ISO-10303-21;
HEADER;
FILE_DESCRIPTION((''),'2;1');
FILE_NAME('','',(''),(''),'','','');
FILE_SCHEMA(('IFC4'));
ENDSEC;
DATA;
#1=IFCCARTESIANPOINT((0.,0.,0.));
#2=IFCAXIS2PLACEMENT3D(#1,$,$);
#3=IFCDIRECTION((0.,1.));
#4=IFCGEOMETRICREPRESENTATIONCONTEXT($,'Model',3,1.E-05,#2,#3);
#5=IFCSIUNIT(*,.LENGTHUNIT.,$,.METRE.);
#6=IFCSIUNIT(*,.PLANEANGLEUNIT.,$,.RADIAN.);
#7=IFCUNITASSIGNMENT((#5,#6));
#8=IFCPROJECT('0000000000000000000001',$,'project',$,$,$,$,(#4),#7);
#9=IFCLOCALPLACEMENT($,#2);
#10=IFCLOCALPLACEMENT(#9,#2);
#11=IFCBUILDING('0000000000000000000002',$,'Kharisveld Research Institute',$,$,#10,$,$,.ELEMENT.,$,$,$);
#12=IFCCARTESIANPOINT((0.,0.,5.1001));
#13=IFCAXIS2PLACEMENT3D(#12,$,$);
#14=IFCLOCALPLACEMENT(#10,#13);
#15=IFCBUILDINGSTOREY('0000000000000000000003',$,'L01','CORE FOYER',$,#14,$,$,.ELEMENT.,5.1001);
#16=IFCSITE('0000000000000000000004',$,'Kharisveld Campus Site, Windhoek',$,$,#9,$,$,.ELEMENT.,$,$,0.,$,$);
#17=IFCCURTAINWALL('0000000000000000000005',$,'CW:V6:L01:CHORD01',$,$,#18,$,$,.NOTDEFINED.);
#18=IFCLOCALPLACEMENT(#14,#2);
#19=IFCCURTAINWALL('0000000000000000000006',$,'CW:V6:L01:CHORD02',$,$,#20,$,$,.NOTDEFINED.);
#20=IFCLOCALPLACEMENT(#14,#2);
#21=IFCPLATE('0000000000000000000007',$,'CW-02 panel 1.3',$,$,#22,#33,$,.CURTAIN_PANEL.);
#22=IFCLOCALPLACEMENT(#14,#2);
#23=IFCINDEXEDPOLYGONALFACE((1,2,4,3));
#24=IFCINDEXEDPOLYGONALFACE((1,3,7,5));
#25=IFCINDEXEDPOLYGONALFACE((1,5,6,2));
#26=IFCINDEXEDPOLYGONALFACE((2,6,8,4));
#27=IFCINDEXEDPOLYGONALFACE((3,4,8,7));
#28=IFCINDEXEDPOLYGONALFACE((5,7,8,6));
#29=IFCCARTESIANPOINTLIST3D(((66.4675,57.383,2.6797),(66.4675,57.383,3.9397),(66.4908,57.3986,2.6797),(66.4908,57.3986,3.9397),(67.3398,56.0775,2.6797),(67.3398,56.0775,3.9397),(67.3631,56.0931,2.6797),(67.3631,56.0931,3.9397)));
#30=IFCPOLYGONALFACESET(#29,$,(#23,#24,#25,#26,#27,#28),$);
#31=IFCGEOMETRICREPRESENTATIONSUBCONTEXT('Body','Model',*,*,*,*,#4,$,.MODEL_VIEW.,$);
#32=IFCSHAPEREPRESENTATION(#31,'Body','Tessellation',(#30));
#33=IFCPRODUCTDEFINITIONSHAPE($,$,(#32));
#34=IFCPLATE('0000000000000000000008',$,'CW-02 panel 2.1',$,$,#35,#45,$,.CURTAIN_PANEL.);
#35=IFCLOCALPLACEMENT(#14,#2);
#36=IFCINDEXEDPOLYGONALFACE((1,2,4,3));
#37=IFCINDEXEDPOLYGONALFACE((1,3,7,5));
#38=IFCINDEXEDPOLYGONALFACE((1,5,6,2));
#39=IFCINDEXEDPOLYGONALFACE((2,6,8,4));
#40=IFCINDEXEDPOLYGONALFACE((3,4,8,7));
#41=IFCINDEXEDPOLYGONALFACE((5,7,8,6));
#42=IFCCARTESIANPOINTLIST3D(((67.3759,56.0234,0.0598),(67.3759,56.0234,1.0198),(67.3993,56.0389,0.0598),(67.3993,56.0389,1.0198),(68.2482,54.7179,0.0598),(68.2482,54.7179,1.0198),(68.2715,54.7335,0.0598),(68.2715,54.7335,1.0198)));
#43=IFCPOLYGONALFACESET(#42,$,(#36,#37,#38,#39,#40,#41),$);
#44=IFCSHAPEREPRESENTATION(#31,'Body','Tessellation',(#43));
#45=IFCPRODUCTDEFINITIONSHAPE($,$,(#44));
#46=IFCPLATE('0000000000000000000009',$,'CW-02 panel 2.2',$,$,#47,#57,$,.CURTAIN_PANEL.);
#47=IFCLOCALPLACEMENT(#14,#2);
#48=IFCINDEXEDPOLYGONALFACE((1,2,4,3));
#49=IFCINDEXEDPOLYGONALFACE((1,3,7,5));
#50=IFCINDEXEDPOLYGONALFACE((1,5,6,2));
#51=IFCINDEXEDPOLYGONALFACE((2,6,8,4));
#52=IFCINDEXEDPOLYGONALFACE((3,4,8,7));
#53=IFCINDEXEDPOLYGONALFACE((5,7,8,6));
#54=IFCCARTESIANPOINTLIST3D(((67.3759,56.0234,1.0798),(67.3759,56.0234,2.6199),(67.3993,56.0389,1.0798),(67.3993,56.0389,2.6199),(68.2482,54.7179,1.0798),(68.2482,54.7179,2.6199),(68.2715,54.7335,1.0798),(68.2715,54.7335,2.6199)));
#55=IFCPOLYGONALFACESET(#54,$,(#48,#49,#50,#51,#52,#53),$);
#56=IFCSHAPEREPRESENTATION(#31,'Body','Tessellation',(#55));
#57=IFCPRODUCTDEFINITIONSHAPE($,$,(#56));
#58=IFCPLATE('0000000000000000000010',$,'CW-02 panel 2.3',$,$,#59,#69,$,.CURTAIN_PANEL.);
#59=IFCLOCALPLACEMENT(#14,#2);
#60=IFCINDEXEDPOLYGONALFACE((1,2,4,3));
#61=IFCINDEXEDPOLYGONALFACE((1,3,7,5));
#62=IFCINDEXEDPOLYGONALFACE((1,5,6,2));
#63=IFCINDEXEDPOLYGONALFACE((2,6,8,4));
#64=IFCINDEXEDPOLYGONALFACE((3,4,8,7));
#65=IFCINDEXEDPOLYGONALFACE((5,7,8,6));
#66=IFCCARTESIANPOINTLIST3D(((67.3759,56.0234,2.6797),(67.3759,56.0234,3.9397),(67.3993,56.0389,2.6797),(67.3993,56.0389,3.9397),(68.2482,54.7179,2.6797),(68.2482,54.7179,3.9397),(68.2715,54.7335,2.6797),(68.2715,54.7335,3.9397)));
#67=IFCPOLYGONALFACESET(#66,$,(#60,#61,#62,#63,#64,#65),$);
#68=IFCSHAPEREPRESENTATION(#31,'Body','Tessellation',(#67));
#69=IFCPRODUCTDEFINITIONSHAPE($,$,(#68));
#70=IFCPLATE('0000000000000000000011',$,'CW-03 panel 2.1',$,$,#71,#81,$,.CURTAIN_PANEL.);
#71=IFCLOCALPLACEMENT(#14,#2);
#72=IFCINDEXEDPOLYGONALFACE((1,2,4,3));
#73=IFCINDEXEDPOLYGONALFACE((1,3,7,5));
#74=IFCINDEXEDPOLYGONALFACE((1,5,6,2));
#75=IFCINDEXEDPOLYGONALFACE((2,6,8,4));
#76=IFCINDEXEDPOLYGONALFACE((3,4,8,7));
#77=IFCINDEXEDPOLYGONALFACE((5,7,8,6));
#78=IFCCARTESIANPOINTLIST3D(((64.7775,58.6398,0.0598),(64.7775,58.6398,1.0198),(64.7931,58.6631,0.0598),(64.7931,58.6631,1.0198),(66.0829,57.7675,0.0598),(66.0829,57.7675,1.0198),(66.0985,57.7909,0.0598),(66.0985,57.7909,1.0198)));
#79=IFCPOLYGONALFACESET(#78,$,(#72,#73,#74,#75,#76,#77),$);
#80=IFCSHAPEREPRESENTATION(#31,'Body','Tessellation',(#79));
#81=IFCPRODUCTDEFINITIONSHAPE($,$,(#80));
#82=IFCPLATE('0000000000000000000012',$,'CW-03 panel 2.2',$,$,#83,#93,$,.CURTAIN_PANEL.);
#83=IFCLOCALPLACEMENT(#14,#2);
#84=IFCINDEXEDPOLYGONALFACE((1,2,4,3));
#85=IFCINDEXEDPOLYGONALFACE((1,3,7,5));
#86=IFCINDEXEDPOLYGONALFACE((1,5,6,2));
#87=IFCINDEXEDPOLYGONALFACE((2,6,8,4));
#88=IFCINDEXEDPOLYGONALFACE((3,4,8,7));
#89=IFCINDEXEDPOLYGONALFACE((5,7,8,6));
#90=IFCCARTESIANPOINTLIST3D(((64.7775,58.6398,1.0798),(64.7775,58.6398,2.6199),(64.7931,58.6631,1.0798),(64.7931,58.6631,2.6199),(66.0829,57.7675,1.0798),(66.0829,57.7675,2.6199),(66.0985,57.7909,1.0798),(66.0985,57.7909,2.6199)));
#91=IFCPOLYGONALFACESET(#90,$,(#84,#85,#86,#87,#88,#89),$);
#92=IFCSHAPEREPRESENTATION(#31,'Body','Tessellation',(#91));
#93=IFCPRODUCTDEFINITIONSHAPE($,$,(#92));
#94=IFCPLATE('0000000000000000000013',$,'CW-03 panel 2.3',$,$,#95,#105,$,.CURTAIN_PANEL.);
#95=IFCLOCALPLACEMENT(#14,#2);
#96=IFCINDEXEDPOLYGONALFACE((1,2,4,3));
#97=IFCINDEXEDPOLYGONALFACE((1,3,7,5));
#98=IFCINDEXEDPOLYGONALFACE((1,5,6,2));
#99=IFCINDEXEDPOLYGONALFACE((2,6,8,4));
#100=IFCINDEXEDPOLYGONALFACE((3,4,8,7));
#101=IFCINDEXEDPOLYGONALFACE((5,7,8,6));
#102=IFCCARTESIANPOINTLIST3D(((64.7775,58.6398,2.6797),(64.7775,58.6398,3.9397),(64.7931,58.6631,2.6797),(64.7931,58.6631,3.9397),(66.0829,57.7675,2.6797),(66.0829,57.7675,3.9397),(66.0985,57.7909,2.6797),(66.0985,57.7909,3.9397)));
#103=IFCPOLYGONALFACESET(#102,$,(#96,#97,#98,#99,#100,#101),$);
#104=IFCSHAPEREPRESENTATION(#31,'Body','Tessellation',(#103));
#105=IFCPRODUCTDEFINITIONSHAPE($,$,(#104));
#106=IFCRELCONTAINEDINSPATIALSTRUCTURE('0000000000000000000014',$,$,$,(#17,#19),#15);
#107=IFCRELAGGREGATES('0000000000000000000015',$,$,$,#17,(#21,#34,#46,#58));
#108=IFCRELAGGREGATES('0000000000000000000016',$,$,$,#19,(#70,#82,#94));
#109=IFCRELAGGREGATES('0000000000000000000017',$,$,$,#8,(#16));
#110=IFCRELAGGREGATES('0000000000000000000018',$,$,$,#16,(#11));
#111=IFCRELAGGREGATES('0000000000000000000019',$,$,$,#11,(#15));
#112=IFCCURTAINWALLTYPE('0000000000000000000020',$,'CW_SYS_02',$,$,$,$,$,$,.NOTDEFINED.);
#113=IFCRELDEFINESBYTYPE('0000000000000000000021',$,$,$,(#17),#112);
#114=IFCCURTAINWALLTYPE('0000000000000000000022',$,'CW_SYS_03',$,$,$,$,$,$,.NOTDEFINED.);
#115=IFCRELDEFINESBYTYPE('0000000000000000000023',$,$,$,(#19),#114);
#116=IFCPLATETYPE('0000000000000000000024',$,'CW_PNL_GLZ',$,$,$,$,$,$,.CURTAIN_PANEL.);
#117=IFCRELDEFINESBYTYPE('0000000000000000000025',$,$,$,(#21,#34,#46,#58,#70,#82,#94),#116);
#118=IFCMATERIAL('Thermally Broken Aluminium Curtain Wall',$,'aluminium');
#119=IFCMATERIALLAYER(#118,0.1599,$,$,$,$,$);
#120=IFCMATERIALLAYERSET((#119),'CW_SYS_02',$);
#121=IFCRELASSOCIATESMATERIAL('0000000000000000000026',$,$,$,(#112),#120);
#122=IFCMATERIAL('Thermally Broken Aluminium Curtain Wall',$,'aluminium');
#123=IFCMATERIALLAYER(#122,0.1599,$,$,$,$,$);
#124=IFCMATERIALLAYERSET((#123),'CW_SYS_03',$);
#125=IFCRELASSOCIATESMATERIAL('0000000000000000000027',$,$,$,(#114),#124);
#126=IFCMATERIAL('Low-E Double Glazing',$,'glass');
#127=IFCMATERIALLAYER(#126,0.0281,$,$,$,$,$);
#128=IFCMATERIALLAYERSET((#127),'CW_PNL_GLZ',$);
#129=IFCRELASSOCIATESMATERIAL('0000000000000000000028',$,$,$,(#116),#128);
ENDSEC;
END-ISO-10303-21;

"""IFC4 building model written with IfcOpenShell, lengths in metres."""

from ifc_helpers import new_model, si_unit, direction, frame, origin, origin_2d, place, context, subcontext, project, spatial, rectangle, extrude, material, layer, layer_set, type_object, element, aggregate, save


model = new_model("IFC4")

# Units and contexts
model_context = context("Model", 3, precision=1e-05, world=origin(), true_north=direction((0.0, 1.0)))
body_context = subcontext(model_context, "Body", "Model", "MODEL_VIEW")
ifc_project = project(units=[si_unit("LENGTHUNIT", "METRE"), si_unit("PLANEANGLEUNIT", "RADIAN")], contexts=[model_context])

# Site, building, storey
site_placement = place(None, origin())
site = spatial("IfcSite", under=ifc_project, at=site_placement, Name="Kharisveld Campus Site, Windhoek", CompositionType="ELEMENT", RefElevation=0.0)
building_placement = place(site_placement, origin())
building = spatial("IfcBuilding", under=site, at=building_placement, Name="Kharisveld Research Institute", CompositionType="ELEMENT")
storey_placement = place(building_placement, frame((0.0, 0.0, 5.1001)))
storey = spatial("IfcBuildingStorey", under=building, at=storey_placement, Name="L01", Description="CORE FOYER", CompositionType="ELEMENT", Elevation=5.1001)

# Curtain wall
ifc_material_1 = material(Name="Thermally Broken Aluminium Curtain Wall", Category="aluminium")
ifc_layer_1 = layer(ifc_material_1, 0.1599)
ifc_layer_set_1 = layer_set([ifc_layer_1], Name="CW_SYS_02")
curtain_wall_type_1 = type_object("IfcCurtainWallType", Name="CW_SYS_02", PredefinedType="NOTDEFINED", material=ifc_layer_set_1)
curtain_wall_1_placement = place(storey_placement, origin())
curtain_wall_1 = element("IfcCurtainWall", 1, at=curtain_wall_1_placement, inside=storey, type_object=curtain_wall_type_1, Name="CW:V6:L01:CHORD01", PredefinedType="NOTDEFINED")

# Curtain wall
ifc_material_2 = material(Name="Thermally Broken Aluminium Curtain Wall", Category="aluminium")
ifc_layer_2 = layer(ifc_material_2, 0.1599)
ifc_layer_set_2 = layer_set([ifc_layer_2], Name="CW_SYS_03")
curtain_wall_type_2 = type_object("IfcCurtainWallType", Name="CW_SYS_03", PredefinedType="NOTDEFINED", material=ifc_layer_set_2)
curtain_wall_2_placement = place(storey_placement, origin())
curtain_wall_2 = element("IfcCurtainWall", 2, at=curtain_wall_2_placement, inside=storey, type_object=curtain_wall_type_2, Name="CW:V6:L01:CHORD02", PredefinedType="NOTDEFINED")

# Plates
ifc_material_3 = material(Name="Low-E Double Glazing", Category="glass")
ifc_layer_3 = layer(ifc_material_3, 0.0281)
ifc_layer_set_3 = layer_set([ifc_layer_3], Name="CW_PNL_GLZ")
plate_type = type_object("IfcPlateType", Name="CW_PNL_GLZ", PredefinedType="CURTAIN_PANEL", material=ifc_layer_set_3)
plate_1_placement = place(storey_placement, frame((66.9153, 56.738, 2.6797), z_axis=(0.0, 0.0, 1.0), x_axis=(0.55557, -0.83147, 0.0)))
plate_1 = element("IfcPlate", 3, at=plate_1_placement, type_object=plate_type, Name="CW-02 panel 1.3", PredefinedType="CURTAIN_PANEL", context=body_context, shape_type="SweptSolid", body=[
    extrude(rectangle(XDim=1.5701, YDim=0.0281, at=origin_2d()), origin(), (0.0, 0.0, 1.0), 1.26),
])
plate_2_placement = place(storey_placement, frame((67.8237, 55.3784, 0.0598), z_axis=(0.0, 0.0, 1.0), x_axis=(0.55557, -0.83147, 0.0)))
plate_2 = element("IfcPlate", 4, at=plate_2_placement, type_object=plate_type, Name="CW-02 panel 2.1", PredefinedType="CURTAIN_PANEL", context=body_context, shape_type="SweptSolid", body=[
    extrude(rectangle(XDim=1.5701, YDim=0.0281, at=origin_2d()), origin(), (0.0, 0.0, 1.0), 0.96),
])
plate_3_placement = place(storey_placement, frame((67.8237, 55.3784, 1.0798), z_axis=(0.0, 0.0, 1.0), x_axis=(0.55557, -0.83147, 0.0)))
plate_3 = element("IfcPlate", 5, at=plate_3_placement, type_object=plate_type, Name="CW-02 panel 2.2", PredefinedType="CURTAIN_PANEL", context=body_context, shape_type="SweptSolid", body=[
    extrude(rectangle(XDim=1.5701, YDim=0.0281, at=origin_2d()), origin(), (0.0, 0.0, 1.0), 1.54),
])
plate_4_placement = place(storey_placement, frame((67.8237, 55.3784, 2.6797), z_axis=(0.0, 0.0, 1.0), x_axis=(0.55557, -0.83147, 0.0)))
plate_4 = element("IfcPlate", 6, at=plate_4_placement, type_object=plate_type, Name="CW-02 panel 2.3", PredefinedType="CURTAIN_PANEL", context=body_context, shape_type="SweptSolid", body=[
    extrude(rectangle(XDim=1.5701, YDim=0.0281, at=origin_2d()), origin(), (0.0, 0.0, 1.0), 1.26),
])
aggregate(curtain_wall_1, [plate_1, plate_2, plate_3, plate_4])
plate_5_placement = place(storey_placement, frame((65.438, 58.2153, 0.0598), z_axis=(0.0, 0.0, 1.0), x_axis=(0.83147, -0.55557, 0.0)))
plate_5 = element("IfcPlate", 7, at=plate_5_placement, type_object=plate_type, Name="CW-03 panel 2.1", PredefinedType="CURTAIN_PANEL", context=body_context, shape_type="SweptSolid", body=[
    extrude(rectangle(XDim=1.5701, YDim=0.0281, at=origin_2d()), origin(), (0.0, 0.0, 1.0), 0.96),
])
plate_6_placement = place(storey_placement, frame((65.438, 58.2153, 1.0798), z_axis=(0.0, 0.0, 1.0), x_axis=(0.83147, -0.55557, 0.0)))
plate_6 = element("IfcPlate", 8, at=plate_6_placement, type_object=plate_type, Name="CW-03 panel 2.2", PredefinedType="CURTAIN_PANEL", context=body_context, shape_type="SweptSolid", body=[
    extrude(rectangle(XDim=1.5701, YDim=0.0281, at=origin_2d()), origin(), (0.0, 0.0, 1.0), 1.54),
])
plate_7_placement = place(storey_placement, frame((65.438, 58.2153, 2.6797), z_axis=(0.0, 0.0, 1.0), x_axis=(0.83147, -0.55557, 0.0)))
plate_7 = element("IfcPlate", 9, at=plate_7_placement, type_object=plate_type, Name="CW-03 panel 2.3", PredefinedType="CURTAIN_PANEL", context=body_context, shape_type="SweptSolid", body=[
    extrude(rectangle(XDim=1.5701, YDim=0.0281, at=origin_2d()), origin(), (0.0, 0.0, 1.0), 1.26),
])
aggregate(curtain_wall_2, [plate_5, plate_6, plate_7])

save(model, "model.ifc")
